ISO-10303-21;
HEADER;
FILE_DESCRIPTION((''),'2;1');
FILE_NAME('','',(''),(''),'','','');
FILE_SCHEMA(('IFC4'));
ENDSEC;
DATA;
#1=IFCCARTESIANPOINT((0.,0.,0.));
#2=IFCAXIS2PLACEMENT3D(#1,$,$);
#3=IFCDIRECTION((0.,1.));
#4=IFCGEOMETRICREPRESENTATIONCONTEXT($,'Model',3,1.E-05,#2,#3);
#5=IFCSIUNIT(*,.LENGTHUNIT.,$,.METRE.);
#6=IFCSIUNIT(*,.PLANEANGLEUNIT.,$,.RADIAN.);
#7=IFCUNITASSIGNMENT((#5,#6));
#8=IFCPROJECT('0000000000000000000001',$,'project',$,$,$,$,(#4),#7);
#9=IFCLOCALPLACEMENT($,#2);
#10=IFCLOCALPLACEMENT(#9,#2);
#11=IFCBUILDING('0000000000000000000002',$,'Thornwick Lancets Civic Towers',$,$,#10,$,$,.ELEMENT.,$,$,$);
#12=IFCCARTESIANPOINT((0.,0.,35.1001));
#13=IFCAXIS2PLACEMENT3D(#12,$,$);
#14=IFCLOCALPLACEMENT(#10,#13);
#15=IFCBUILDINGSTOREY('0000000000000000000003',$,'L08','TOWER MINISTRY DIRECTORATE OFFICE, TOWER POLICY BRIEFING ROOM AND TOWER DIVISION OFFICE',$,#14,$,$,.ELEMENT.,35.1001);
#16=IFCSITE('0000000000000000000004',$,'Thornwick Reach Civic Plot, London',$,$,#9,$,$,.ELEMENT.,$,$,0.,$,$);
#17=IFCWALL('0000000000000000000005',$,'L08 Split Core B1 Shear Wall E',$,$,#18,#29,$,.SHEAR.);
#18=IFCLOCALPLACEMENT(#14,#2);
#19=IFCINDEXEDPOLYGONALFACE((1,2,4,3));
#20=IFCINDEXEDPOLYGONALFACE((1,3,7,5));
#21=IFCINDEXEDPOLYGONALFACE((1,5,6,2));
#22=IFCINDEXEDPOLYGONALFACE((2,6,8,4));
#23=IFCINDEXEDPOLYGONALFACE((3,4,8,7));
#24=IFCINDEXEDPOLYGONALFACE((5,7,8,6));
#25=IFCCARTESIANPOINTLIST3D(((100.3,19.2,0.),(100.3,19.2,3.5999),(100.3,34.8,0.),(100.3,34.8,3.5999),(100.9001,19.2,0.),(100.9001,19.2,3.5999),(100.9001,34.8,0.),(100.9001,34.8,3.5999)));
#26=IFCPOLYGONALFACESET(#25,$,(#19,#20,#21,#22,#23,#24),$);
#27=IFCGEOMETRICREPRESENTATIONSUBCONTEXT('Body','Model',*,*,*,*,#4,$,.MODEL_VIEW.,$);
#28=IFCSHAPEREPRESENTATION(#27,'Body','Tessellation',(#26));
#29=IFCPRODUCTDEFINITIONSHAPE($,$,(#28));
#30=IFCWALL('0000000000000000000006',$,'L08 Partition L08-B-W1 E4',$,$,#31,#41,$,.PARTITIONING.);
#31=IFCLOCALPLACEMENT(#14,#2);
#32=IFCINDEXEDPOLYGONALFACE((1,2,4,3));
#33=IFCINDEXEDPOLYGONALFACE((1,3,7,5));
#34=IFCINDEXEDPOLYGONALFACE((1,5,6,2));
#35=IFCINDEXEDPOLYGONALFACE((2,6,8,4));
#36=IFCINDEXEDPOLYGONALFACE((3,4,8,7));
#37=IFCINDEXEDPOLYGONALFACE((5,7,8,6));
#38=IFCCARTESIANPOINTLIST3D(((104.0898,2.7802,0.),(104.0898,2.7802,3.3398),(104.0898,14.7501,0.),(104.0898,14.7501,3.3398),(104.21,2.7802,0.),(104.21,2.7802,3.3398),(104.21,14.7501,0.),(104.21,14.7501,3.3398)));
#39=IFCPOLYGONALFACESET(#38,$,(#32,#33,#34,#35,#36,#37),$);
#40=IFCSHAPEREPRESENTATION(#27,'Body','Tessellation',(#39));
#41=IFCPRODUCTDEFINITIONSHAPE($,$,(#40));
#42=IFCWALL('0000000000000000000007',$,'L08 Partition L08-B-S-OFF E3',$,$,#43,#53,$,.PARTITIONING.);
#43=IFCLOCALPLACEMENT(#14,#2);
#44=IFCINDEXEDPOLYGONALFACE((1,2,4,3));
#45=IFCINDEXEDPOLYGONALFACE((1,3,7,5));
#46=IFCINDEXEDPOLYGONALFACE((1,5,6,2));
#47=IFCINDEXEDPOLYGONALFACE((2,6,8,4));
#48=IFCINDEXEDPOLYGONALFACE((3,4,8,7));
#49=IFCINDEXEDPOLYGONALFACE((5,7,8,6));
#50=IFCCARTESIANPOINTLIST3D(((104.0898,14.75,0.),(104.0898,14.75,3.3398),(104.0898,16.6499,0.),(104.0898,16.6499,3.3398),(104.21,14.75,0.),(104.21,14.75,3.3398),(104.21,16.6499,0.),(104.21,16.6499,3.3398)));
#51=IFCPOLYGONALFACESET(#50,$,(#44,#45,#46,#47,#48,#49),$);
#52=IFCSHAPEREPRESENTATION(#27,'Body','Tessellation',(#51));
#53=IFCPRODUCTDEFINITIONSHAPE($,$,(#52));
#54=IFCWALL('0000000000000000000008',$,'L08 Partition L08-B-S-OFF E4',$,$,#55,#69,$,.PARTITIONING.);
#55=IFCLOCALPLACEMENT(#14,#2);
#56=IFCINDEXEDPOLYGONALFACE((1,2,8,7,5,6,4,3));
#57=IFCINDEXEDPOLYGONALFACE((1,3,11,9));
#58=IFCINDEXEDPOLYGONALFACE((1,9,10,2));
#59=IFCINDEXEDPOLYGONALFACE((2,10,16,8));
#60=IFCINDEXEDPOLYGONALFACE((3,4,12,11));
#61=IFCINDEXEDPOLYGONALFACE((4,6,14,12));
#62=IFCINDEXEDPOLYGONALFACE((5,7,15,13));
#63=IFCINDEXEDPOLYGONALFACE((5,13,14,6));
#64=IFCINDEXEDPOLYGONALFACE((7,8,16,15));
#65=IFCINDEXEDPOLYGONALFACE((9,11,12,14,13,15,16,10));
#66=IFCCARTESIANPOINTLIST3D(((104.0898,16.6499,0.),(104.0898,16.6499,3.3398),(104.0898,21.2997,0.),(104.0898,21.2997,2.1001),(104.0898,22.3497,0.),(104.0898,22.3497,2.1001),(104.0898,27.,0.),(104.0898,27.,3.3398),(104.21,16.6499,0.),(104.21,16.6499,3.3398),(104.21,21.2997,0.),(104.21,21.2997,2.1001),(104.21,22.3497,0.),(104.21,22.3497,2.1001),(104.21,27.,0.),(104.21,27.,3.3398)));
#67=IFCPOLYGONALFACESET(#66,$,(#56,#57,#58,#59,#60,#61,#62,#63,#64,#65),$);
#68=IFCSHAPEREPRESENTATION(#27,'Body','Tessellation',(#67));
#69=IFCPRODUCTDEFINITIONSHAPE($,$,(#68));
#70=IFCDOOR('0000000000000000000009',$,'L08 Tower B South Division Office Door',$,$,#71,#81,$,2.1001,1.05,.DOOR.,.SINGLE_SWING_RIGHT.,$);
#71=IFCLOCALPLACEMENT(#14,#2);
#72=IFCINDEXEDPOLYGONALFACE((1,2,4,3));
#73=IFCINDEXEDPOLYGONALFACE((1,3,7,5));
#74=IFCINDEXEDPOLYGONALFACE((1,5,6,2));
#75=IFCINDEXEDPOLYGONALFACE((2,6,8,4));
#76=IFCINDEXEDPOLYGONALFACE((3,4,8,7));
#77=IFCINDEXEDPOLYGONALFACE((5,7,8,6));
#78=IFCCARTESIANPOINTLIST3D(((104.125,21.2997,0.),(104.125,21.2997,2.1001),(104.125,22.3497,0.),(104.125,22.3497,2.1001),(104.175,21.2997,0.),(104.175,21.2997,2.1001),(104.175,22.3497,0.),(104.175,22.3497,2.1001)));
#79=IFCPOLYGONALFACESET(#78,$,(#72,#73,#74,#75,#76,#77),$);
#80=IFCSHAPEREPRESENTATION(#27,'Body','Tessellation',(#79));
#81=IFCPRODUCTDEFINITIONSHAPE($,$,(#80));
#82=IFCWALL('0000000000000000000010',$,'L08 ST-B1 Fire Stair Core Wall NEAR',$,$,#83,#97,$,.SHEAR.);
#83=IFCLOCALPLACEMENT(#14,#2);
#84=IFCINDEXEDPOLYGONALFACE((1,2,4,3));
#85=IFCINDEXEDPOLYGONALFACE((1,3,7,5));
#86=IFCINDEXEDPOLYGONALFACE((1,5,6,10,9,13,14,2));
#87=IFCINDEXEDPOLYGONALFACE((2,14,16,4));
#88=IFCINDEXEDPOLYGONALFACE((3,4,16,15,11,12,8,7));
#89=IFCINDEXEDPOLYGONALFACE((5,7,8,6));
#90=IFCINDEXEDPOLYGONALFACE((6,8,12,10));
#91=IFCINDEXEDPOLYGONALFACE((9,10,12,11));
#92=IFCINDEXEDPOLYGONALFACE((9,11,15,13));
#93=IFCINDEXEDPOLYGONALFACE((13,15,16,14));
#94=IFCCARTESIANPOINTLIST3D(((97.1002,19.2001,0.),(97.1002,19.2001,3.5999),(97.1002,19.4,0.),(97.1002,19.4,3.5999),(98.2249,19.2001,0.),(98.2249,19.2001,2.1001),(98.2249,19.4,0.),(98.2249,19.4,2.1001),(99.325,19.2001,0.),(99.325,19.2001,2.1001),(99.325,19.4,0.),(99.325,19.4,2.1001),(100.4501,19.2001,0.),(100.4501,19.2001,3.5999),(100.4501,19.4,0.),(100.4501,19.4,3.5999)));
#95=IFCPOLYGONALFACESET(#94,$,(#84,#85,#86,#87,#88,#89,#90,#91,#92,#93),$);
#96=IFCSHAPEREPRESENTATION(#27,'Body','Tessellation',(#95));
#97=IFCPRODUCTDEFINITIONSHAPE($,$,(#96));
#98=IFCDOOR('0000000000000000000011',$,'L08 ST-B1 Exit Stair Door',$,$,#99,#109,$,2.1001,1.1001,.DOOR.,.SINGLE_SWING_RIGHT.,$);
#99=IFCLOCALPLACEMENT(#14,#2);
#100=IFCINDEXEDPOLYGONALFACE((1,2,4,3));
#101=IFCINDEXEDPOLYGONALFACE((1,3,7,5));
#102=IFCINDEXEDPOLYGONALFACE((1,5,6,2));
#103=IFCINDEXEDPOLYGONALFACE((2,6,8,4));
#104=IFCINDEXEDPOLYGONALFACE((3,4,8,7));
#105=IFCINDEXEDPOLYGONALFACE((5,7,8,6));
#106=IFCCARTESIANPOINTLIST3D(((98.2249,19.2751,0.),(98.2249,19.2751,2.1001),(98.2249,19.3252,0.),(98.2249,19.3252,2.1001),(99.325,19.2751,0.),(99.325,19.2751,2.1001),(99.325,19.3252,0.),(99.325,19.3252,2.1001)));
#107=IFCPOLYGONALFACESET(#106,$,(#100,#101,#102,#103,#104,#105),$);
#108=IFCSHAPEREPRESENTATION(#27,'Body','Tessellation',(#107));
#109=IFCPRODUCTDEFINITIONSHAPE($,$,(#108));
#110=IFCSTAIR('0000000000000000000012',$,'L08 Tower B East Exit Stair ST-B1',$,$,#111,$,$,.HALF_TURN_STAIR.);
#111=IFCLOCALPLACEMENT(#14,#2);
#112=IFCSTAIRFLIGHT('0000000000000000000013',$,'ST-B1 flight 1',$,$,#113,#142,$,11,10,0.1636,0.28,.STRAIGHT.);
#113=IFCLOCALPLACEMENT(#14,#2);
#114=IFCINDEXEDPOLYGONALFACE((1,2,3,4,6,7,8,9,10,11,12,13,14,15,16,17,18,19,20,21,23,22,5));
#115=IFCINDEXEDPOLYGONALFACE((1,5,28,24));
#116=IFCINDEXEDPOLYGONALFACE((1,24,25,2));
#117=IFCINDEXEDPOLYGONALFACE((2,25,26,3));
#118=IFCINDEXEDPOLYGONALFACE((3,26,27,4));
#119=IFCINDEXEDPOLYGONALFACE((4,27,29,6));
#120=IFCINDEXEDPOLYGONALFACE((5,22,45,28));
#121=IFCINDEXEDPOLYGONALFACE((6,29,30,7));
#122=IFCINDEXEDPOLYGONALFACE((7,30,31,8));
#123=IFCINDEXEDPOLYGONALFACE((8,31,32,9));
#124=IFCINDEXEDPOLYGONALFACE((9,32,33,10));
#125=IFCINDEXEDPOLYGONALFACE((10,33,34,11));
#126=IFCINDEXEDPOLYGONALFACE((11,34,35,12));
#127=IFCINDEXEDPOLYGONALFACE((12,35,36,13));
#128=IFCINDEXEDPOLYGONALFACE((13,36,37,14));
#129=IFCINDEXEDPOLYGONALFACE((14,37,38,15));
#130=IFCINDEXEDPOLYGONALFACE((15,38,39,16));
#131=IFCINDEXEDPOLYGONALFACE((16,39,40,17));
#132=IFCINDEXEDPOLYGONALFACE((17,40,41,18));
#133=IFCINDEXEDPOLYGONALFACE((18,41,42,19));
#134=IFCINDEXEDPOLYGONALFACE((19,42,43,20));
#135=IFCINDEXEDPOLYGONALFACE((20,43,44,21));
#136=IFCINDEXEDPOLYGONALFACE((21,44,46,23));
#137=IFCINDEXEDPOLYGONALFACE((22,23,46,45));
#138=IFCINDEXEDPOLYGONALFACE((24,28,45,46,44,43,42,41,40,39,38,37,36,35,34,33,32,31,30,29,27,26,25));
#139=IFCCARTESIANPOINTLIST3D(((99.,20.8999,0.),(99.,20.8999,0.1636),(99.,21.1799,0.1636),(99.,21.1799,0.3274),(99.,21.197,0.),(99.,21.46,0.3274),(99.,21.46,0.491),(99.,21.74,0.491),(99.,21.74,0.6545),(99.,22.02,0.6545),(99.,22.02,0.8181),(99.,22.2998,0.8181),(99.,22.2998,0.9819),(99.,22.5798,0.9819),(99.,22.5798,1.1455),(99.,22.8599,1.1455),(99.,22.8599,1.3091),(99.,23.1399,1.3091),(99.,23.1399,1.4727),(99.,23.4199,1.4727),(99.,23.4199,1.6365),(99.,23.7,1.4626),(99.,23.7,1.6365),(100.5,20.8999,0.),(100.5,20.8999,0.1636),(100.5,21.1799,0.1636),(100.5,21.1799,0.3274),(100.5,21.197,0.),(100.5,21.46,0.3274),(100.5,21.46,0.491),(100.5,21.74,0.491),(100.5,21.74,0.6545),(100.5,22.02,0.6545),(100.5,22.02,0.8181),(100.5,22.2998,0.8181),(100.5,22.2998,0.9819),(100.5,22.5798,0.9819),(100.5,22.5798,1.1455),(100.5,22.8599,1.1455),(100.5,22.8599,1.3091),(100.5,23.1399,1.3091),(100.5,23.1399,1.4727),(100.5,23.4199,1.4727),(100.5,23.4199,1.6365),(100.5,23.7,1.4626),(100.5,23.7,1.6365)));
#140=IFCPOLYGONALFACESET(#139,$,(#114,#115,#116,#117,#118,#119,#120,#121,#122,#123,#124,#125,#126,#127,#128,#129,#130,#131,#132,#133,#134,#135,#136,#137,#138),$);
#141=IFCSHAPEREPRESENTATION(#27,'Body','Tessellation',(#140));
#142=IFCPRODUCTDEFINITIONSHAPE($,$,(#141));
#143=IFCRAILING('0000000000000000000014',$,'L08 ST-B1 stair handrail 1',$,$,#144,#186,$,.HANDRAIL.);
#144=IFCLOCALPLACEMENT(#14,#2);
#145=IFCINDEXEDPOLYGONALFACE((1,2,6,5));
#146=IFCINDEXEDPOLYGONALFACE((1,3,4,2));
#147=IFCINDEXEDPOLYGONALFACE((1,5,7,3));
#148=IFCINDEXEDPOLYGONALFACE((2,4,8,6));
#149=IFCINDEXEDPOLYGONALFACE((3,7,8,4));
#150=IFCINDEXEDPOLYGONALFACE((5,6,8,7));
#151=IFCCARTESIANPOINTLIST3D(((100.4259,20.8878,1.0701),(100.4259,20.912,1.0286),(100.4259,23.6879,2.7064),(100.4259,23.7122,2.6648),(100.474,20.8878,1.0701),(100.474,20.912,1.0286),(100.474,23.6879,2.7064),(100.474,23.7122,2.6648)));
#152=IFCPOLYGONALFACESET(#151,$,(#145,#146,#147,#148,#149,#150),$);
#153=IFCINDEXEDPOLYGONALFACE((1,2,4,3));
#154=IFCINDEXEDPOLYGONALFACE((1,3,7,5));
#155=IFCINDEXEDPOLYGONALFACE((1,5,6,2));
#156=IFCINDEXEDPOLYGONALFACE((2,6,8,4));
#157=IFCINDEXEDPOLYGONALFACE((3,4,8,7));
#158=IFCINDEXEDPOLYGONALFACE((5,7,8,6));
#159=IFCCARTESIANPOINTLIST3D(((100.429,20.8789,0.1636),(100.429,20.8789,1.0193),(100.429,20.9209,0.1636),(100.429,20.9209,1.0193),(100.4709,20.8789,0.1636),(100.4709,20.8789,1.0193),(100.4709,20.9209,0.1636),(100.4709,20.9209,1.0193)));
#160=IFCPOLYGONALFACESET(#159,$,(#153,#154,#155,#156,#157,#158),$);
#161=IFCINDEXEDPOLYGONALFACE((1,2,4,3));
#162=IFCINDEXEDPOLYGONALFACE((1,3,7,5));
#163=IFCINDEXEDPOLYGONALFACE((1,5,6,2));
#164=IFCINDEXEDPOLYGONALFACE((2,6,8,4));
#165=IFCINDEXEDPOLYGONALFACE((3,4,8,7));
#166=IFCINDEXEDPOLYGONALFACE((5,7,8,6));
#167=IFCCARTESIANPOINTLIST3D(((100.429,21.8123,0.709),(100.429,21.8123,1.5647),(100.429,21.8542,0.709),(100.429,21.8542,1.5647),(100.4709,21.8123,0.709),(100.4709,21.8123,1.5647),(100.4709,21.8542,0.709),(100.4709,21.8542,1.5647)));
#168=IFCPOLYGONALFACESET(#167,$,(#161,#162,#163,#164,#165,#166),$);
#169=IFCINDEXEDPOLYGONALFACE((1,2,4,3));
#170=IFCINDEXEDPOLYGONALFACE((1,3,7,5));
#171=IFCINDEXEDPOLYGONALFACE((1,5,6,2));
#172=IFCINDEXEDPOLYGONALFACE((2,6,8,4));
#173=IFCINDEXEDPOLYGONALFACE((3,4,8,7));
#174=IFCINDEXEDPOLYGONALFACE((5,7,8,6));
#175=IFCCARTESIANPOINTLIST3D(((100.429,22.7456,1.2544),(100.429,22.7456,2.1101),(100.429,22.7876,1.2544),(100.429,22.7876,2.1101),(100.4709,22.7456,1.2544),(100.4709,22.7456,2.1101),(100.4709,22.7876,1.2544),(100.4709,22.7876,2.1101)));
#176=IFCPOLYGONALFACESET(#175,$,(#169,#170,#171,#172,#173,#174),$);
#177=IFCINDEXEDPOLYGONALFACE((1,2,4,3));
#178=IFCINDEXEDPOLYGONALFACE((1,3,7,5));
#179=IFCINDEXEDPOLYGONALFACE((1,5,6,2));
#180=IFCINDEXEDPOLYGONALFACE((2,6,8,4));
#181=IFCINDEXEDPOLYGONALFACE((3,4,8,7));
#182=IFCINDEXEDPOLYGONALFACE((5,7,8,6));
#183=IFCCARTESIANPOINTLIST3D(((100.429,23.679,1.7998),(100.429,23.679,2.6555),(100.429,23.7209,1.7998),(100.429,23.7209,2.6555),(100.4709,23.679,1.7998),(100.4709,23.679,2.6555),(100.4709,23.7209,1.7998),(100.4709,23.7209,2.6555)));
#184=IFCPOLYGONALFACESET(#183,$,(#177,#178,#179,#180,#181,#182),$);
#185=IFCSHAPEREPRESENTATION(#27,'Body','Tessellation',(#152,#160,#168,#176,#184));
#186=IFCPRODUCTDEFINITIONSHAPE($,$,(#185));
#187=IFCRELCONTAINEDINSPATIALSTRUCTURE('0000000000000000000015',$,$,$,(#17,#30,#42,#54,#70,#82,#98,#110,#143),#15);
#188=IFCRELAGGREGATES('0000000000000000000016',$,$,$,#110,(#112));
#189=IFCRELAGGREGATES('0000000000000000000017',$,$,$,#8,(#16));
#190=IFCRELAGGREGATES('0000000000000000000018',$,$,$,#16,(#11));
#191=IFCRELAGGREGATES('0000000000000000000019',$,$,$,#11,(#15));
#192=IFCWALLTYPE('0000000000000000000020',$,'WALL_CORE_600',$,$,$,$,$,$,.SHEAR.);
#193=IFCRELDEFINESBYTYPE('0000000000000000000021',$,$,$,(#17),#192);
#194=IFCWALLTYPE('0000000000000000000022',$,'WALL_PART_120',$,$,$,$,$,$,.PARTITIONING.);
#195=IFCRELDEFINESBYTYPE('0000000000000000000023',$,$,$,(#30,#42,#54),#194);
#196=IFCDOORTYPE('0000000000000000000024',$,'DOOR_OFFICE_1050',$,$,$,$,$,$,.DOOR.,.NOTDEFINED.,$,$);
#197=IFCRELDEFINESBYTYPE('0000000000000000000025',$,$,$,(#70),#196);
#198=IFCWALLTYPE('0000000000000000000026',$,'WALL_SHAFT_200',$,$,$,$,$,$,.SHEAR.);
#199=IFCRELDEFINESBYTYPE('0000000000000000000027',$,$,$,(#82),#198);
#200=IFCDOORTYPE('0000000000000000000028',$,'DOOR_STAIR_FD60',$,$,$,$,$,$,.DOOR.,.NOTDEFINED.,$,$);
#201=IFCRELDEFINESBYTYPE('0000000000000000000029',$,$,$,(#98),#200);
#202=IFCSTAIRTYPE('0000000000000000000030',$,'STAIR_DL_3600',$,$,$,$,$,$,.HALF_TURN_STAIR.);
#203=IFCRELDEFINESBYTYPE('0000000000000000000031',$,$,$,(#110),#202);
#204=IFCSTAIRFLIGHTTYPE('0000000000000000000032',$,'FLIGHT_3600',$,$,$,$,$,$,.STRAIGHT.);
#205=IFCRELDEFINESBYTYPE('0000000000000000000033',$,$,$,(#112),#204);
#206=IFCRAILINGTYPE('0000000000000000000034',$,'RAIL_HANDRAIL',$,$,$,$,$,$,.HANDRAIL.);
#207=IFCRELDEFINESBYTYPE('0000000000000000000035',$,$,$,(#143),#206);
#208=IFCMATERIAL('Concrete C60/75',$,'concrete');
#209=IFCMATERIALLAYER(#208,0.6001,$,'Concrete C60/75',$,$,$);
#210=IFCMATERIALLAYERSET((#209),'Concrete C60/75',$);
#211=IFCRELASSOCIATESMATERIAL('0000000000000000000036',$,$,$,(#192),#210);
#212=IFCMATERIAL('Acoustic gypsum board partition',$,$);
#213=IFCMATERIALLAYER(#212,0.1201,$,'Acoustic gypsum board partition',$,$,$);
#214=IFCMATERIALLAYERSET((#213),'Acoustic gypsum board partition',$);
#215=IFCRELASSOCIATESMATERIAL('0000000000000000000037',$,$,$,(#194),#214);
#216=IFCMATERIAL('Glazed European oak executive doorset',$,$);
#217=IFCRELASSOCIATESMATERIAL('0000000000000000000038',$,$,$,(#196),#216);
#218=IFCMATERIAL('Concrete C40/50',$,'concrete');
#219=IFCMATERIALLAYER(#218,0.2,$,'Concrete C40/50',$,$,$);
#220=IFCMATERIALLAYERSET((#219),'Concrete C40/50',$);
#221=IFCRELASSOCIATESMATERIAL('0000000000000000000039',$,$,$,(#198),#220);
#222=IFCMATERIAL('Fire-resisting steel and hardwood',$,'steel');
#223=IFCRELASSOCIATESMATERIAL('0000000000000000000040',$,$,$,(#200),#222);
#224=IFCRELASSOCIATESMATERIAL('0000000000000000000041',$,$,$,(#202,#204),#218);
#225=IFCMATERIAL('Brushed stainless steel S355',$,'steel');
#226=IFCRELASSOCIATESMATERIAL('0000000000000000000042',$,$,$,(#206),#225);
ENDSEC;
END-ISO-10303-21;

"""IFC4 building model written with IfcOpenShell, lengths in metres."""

from ifc_helpers import new_model, si_unit, direction, frame, frame_2d, origin, origin_2d, place, context, subcontext, project, spatial, polyline, rectangle, outline, extrude, material, layer, layer_set, type_object, element, fill, aggregate, save


model = new_model("IFC4")

# Units and contexts
model_context = context("Model", 3, precision=1e-05, world=origin(), true_north=direction((0.0, 1.0)))
body_context = subcontext(model_context, "Body", "Model", "MODEL_VIEW")
ifc_project = project(units=[si_unit("LENGTHUNIT", "METRE"), si_unit("PLANEANGLEUNIT", "RADIAN")], contexts=[model_context])

# Site, building, storey
site_placement = place(None, origin())
site = spatial("IfcSite", under=ifc_project, at=site_placement, Name="Thornwick Reach Civic Plot, London", CompositionType="ELEMENT", RefElevation=0.0)
building_placement = place(site_placement, origin())
building = spatial("IfcBuilding", under=site, at=building_placement, Name="Thornwick Lancets Civic Towers", CompositionType="ELEMENT")
storey_placement = place(building_placement, frame((0.0, 0.0, 35.1001)))
storey = spatial("IfcBuildingStorey", under=building, at=storey_placement, Name="L08", Description="TOWER MINISTRY DIRECTORATE OFFICE, TOWER POLICY BRIEFING ROOM AND TOWER DIVISION OFFICE", CompositionType="ELEMENT", Elevation=35.1001)

# Shared definitions
ifc_material_1 = material(Name="Concrete C60/75", Category="concrete")

# Shared definitions
ifc_material_2 = material(Name="Concrete C40/50", Category="concrete")

# Walls
ifc_layer_1 = layer(ifc_material_1, 0.6001, Name="Concrete C60/75")
ifc_layer_set_1 = layer_set([ifc_layer_1], Name="Concrete C60/75")
wall_type_1 = type_object("IfcWallType", Name="WALL_CORE_600", PredefinedType="SHEAR", material=ifc_layer_set_1)
wall_1_placement = place(storey_placement, frame((100.6001, 19.2, 0.0), z_axis=(0.0, 0.0, 1.0), x_axis=(0.0, 1.0, 0.0)))
element("IfcWall", 1, at=wall_1_placement, inside=storey, type_object=wall_type_1, Name="L08 Split Core B1 Shear Wall E", PredefinedType="SHEAR", context=body_context, shape_type="SweptSolid", body=[
    extrude(rectangle(XDim=15.6001, YDim=0.6001, at=frame_2d((7.8, 0.0))), origin(), (0.0, 0.0, 1.0), 3.5999),
])
ifc_material_3 = material(Name="Acoustic gypsum board partition")
ifc_layer_2 = layer(ifc_material_3, 0.1201, Name="Acoustic gypsum board partition")
ifc_layer_set_2 = layer_set([ifc_layer_2], Name="Acoustic gypsum board partition")
wall_type_2 = type_object("IfcWallType", Name="WALL_PART_120", PredefinedType="PARTITIONING", material=ifc_layer_set_2)
wall_2_placement = place(storey_placement, frame((104.1499, 14.75, 0.0), z_axis=(0.0, 0.0, 1.0), x_axis=(0.0, -1.0, 0.0)))
element("IfcWall", 2, at=wall_2_placement, inside=storey, type_object=wall_type_2, Name="L08 Partition L08-B-W1 E4", PredefinedType="PARTITIONING", context=body_context, shape_type="SweptSolid", body=[
    extrude(rectangle(XDim=11.97, YDim=0.1201, at=frame_2d((5.9849, 0.0))), origin(), (0.0, 0.0, 1.0), 3.3398),
])
wall_3_placement = place(storey_placement, frame((104.1499, 14.75, 0.0), z_axis=(0.0, 0.0, 1.0), x_axis=(0.0, 1.0, 0.0)))
element("IfcWall", 3, at=wall_3_placement, inside=storey, type_object=wall_type_2, Name="L08 Partition L08-B-S-OFF E3", PredefinedType="PARTITIONING", context=body_context, shape_type="SweptSolid", body=[
    extrude(rectangle(XDim=1.8999, YDim=0.1201, at=frame_2d((0.95, 0.0))), origin(), (0.0, 0.0, 1.0), 3.3398),
])

# Walls, openings, doors
wall_4_placement = place(storey_placement, frame((104.1499, 16.6499, 0.0), z_axis=(0.0, 0.0, 1.0), x_axis=(0.0, 1.0, 0.0)))
wall_4 = element("IfcWall", 4, at=wall_4_placement, inside=storey, type_object=wall_type_2, Name="L08 Partition L08-B-S-OFF E4", PredefinedType="PARTITIONING", context=body_context, shape_type="SweptSolid", body=[
    extrude(rectangle(XDim=10.3501, YDim=0.1201, at=frame_2d((5.175, 0.0))), origin(), (0.0, 0.0, 1.0), 3.3398),
])
opening_1_placement = place(wall_4_placement, frame((4.6499, 0.0, 0.0)))
opening_1 = element("IfcOpeningElement", 5, at=opening_1_placement, cuts=wall_4, PredefinedType="OPENING", context=body_context, shape_type="SweptSolid", body=[
    extrude(rectangle(XDim=1.05, YDim=2.1001, at=frame_2d((0.5249, 1.05))), frame((0.0, 0.0701, 0.0), z_axis=(0.0, -1.0, 0.0), x_axis=(1.0, 0.0, 0.0)), (0.0, 0.0, 1.0), 0.1401),
])
ifc_material_4 = material(Name="Glazed European oak executive doorset")
door_type_1 = type_object("IfcDoorType", Name="DOOR_OFFICE_1050", OperationType="NOTDEFINED", PredefinedType="DOOR", material=ifc_material_4)
door_1_placement = place(opening_1_placement, origin())
door_1 = element("IfcDoor", 6, at=door_1_placement, inside=storey, type_object=door_type_1, Name="L08 Tower B South Division Office Door", OperationType="SINGLE_SWING_RIGHT", OverallHeight=2.1001, OverallWidth=1.05, PredefinedType="DOOR", context=body_context, shape_type="SweptSolid", body=[
    extrude(rectangle(XDim=1.05, YDim=2.1001, at=frame_2d((0.5249, 1.05))), frame((0.0, 0.0249, 0.0), z_axis=(0.0, -1.0, 0.0), x_axis=(1.0, 0.0, 0.0)), (0.0, 0.0, 1.0), 0.05),
])
fill(opening_1, door_1)
ifc_layer_3 = layer(ifc_material_2, 0.2, Name="Concrete C40/50")
ifc_layer_set_3 = layer_set([ifc_layer_3], Name="Concrete C40/50")
wall_type_3 = type_object("IfcWallType", Name="WALL_SHAFT_200", PredefinedType="SHEAR", material=ifc_layer_set_3)
wall_5_placement = place(storey_placement, frame((100.45, 19.3, 0.0), z_axis=(0.0, 0.0, 1.0), x_axis=(-1.0, 0.0, 0.0)))
wall_5 = element("IfcWall", 7, at=wall_5_placement, inside=storey, type_object=wall_type_3, Name="L08 ST-B1 Fire Stair Core Wall NEAR", PredefinedType="SHEAR", context=body_context, shape_type="SweptSolid", body=[
    extrude(rectangle(XDim=3.3499, YDim=0.2, at=frame_2d((1.6748, 0.0))), origin(), (0.0, 0.0, 1.0), 3.5999),
])
opening_2_placement = place(wall_5_placement, frame((1.125, 0.0, 0.0)))
opening_2 = element("IfcOpeningElement", 8, at=opening_2_placement, cuts=wall_5, PredefinedType="OPENING", context=body_context, shape_type="SweptSolid", body=[
    extrude(rectangle(XDim=1.1001, YDim=2.1001, at=frame_2d((0.55, 1.05))), frame((0.0, 0.1099, 0.0), z_axis=(0.0, -1.0, 0.0), x_axis=(1.0, 0.0, 0.0)), (0.0, 0.0, 1.0), 0.22),
])
ifc_material_5 = material(Name="Fire-resisting steel and hardwood", Category="steel")
door_type_2 = type_object("IfcDoorType", Name="DOOR_STAIR_FD60", OperationType="NOTDEFINED", PredefinedType="DOOR", material=ifc_material_5)
door_2_placement = place(opening_2_placement, origin())
door_2 = element("IfcDoor", 9, at=door_2_placement, inside=storey, type_object=door_type_2, Name="L08 ST-B1 Exit Stair Door", OperationType="SINGLE_SWING_RIGHT", OverallHeight=2.1001, OverallWidth=1.1001, PredefinedType="DOOR", context=body_context, shape_type="SweptSolid", body=[
    extrude(rectangle(XDim=1.1001, YDim=2.1001, at=frame_2d((0.55, 1.05))), frame((0.0, 0.0249, 0.0), z_axis=(0.0, -1.0, 0.0), x_axis=(1.0, 0.0, 0.0)), (0.0, 0.0, 1.0), 0.05),
])
fill(opening_2, door_2)

# Stair, stair flight
stair_type = type_object("IfcStairType", Name="STAIR_DL_3600", PredefinedType="HALF_TURN_STAIR", material=ifc_material_2)
stair_placement = place(storey_placement, origin())
stair = element("IfcStair", 10, at=stair_placement, inside=storey, type_object=stair_type, Name="L08 Tower B East Exit Stair ST-B1", PredefinedType="HALF_TURN_STAIR")
stair_flight_type = type_object("IfcStairFlightType", Name="FLIGHT_3600", PredefinedType="STRAIGHT", material=ifc_material_2)
stair_flight_placement = place(storey_placement, frame((99.75, 20.8999, 0.0), z_axis=(0.0, 0.0, 1.0), x_axis=(0.0, 1.0, 0.0)))
stair_flight = element("IfcStairFlight", 11, at=stair_flight_placement, type_object=stair_flight_type, Name="ST-B1 flight 1", NumberOfRisers=11, NumberOfTreads=10, PredefinedType="STRAIGHT", RiserHeight=0.1636, TreadLength=0.28, context=body_context, shape_type="SweptSolid", body=[
    extrude(outline(polyline([(0.0, 0.0), (0.0, 0.1636), (0.28, 0.1636), (0.28, 0.3274), (0.5601, 0.3274), (0.5601, 0.491), (0.8401, 0.491), (0.8401, 0.6545), (1.1201, 0.6545), (1.1201, 0.8181), (1.3999, 0.8181), (1.3999, 0.9819), (1.6799, 0.9819), (1.6799, 1.1455), (1.96, 1.1455), (1.96, 1.3091), (2.24, 1.3091), (2.24, 1.4727), (2.52, 1.4727), (2.52, 1.6365), (2.8, 1.6365), (2.8, 1.8), (2.8, 1.4626), (0.2971, 0.0), (0.0, 0.0)])), frame((0.0, 0.75, 0.0), z_axis=(0.0, -1.0, 0.0), x_axis=(1.0, 0.0, 0.0)), (0.0, 0.0, 1.0), 1.5),
])
aggregate(stair, [stair_flight])

# Railing
ifc_material_6 = material(Name="Brushed stainless steel S355", Category="steel")
railing_type = type_object("IfcRailingType", Name="RAIL_HANDRAIL", PredefinedType="HANDRAIL", material=ifc_material_6)
railing_placement = place(storey_placement, frame((100.45, 20.8999, 0.1636)))
element("IfcRailing", 12, at=railing_placement, inside=storey, type_object=railing_type, Name="L08 ST-B1 stair handrail 1", PredefinedType="HANDRAIL", context=body_context, shape_type="SweptSolid", body=[
    extrude(rectangle(XDim=0.0481, YDim=0.0481, at=origin_2d()), frame((0.0, 0.0, 0.8857), z_axis=(0.0, 0.863394, 0.504531), x_axis=(-1.0, 0.0, 0.0)), (0.0, 0.0, 1.0), 3.2432),
    extrude(rectangle(XDim=0.042, YDim=0.042, at=origin_2d()), origin(), (0.0, 0.0, 1.0), 0.8557),
    extrude(rectangle(XDim=0.042, YDim=0.042, at=origin_2d()), frame((0.0, 0.9333, 0.5454)), (0.0, 0.0, 1.0), 0.8557),
    extrude(rectangle(XDim=0.042, YDim=0.042, at=origin_2d()), frame((0.0, 1.8667, 1.0908)), (0.0, 0.0, 1.0), 0.8557),
    extrude(rectangle(XDim=0.042, YDim=0.042, at=origin_2d()), frame((0.0, 2.8, 1.6362)), (0.0, 0.0, 1.0), 0.8557),
])

save(model, "model.ifc")
